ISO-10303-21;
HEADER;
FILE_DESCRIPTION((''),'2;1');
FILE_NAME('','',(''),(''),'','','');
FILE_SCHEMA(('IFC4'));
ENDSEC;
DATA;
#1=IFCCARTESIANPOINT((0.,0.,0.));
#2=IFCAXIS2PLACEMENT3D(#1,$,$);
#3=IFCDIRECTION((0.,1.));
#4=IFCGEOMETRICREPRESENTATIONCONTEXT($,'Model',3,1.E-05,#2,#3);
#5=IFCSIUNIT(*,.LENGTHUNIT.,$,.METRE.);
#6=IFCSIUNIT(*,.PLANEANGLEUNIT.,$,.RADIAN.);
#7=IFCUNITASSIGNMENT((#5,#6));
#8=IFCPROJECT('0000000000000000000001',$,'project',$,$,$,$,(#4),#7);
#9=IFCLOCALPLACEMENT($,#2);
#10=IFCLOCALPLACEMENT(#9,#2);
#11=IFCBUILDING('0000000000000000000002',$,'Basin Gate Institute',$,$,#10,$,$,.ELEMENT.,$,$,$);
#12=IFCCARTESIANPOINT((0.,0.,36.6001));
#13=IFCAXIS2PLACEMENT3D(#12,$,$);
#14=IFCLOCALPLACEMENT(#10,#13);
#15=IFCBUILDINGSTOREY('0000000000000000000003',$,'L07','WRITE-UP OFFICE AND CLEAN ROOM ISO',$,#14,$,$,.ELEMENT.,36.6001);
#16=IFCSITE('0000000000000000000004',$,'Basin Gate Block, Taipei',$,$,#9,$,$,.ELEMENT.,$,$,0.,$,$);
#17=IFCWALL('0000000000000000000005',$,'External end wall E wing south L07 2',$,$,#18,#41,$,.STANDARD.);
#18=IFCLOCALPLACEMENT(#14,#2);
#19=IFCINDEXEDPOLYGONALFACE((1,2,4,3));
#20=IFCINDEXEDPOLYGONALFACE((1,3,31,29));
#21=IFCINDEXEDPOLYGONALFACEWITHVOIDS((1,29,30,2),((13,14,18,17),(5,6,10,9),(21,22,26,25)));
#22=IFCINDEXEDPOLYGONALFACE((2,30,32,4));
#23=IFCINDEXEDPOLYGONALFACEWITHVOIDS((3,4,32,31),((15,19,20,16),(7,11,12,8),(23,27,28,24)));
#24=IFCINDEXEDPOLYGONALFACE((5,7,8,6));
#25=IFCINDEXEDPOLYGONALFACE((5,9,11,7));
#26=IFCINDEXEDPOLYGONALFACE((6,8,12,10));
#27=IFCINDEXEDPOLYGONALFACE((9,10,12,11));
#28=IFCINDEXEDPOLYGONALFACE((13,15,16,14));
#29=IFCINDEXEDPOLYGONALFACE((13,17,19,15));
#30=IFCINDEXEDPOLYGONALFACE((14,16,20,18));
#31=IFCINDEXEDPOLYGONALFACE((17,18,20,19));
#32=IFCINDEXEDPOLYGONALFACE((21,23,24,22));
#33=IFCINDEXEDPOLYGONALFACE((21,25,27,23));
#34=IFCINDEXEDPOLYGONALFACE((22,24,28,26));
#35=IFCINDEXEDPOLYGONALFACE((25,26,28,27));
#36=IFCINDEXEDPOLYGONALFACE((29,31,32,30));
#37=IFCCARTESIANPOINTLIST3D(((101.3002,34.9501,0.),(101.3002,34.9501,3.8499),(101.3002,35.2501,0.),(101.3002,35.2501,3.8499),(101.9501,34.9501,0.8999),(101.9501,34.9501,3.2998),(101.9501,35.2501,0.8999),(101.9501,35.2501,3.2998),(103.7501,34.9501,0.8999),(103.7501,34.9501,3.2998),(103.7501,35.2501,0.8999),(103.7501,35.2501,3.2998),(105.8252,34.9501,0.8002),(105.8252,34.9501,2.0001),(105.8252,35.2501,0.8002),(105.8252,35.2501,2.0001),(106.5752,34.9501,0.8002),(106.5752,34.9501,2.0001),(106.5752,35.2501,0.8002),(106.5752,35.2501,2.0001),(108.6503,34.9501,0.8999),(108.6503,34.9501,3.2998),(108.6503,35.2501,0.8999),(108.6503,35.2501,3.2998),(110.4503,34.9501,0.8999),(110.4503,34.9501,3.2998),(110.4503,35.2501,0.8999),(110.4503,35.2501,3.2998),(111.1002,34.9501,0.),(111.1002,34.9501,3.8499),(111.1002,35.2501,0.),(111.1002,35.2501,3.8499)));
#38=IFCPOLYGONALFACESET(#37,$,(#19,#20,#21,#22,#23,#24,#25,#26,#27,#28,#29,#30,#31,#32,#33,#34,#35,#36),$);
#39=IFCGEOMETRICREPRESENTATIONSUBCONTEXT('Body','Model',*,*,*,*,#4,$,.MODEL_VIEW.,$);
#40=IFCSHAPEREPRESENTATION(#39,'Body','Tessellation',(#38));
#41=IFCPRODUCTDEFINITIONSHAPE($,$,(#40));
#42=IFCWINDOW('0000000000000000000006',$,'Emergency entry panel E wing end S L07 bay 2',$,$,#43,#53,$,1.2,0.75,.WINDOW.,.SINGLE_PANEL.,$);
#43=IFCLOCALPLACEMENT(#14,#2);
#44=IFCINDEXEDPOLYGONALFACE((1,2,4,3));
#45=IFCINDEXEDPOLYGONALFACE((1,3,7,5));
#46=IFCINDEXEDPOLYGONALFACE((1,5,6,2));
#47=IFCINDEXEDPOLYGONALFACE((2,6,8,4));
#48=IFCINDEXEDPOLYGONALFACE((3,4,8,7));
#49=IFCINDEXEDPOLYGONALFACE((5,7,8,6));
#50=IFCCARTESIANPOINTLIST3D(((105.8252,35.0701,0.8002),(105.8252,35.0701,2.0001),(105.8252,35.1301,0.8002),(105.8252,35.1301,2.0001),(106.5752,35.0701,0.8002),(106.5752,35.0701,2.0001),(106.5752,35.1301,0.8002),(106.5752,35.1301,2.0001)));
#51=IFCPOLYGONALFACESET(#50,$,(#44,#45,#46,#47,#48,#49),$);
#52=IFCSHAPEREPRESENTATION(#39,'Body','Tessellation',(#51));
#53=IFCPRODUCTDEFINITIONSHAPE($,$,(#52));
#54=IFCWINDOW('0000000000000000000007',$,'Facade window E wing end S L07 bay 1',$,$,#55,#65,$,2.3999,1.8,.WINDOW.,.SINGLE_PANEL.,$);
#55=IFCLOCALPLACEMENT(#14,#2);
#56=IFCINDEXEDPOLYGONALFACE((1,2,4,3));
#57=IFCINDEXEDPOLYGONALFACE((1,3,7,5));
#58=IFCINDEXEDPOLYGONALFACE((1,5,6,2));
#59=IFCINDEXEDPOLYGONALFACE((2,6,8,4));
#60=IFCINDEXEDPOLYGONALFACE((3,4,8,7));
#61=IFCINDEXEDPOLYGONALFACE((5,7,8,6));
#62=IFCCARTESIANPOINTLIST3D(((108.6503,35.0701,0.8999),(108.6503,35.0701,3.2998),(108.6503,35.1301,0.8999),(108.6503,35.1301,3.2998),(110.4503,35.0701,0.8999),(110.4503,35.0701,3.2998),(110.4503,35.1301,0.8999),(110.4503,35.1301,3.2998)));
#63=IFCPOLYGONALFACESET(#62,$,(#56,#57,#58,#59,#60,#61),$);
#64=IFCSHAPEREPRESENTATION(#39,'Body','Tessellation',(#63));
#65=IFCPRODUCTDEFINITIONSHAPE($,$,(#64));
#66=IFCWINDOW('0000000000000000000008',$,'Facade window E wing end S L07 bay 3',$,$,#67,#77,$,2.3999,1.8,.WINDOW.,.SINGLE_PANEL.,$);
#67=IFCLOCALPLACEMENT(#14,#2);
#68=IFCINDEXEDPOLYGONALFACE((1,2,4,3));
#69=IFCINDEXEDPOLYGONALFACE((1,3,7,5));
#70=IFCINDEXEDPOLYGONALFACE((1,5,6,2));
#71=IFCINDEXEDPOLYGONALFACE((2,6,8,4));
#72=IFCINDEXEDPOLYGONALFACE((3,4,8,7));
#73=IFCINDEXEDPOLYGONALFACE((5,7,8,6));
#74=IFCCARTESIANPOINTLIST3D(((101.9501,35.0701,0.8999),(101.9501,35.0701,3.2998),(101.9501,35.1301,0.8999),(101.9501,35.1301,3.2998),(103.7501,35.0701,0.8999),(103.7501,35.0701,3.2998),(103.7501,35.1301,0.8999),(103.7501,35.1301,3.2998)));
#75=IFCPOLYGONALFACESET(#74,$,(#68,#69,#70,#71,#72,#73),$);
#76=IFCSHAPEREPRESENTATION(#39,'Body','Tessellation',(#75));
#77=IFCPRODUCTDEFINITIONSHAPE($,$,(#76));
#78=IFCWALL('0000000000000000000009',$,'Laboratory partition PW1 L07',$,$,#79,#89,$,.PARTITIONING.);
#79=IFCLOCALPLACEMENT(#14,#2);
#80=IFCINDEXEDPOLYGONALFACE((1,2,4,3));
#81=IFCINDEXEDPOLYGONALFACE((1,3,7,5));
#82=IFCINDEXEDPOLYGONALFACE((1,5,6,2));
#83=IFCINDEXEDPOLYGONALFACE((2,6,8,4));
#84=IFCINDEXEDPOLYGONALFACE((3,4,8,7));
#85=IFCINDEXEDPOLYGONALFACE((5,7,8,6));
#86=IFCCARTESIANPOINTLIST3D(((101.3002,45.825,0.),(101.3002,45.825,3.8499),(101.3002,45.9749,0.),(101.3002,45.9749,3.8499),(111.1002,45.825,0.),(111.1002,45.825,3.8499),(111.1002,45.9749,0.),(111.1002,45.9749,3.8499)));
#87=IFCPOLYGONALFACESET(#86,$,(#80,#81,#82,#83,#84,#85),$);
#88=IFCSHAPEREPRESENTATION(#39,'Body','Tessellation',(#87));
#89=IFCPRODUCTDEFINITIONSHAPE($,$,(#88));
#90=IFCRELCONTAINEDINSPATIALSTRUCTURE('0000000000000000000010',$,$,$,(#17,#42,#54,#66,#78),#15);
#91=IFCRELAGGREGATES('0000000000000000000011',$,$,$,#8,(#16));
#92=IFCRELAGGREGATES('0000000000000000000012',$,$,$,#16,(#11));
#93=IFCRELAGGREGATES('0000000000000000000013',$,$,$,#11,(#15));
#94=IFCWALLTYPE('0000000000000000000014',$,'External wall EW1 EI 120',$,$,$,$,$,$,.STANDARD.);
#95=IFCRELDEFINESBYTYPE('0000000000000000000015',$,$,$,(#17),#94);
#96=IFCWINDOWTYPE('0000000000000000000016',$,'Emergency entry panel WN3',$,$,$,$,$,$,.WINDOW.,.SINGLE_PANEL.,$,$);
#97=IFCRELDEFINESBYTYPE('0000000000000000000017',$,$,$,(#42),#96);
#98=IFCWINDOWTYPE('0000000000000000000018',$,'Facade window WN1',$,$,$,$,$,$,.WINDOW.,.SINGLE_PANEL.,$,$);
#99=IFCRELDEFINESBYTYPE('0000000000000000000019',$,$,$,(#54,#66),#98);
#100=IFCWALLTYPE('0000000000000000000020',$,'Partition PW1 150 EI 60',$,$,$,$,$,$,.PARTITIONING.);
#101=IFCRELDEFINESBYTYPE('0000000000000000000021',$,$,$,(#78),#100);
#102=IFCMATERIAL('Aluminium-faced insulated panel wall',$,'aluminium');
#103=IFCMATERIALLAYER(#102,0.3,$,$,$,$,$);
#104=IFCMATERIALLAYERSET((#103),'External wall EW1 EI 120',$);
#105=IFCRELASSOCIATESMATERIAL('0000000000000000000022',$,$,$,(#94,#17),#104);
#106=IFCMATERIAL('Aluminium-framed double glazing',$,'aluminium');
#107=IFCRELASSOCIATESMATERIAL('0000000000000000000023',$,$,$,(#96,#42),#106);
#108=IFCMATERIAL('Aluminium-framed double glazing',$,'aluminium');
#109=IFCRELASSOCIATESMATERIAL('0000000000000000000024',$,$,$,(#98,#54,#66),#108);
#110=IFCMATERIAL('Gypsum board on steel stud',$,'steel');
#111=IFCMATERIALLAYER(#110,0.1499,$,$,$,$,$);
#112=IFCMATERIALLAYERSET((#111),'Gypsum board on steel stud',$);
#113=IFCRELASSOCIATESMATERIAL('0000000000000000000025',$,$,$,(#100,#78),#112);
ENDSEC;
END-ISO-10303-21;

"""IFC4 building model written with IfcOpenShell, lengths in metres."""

from ifc_helpers import new_model, si_unit, direction, frame, frame_2d, origin, place, context, subcontext, project, spatial, rectangle, extrude, material, layer, layer_set, type_object, element, fill, save


model = new_model("IFC4")

# Units and contexts
model_context = context("Model", 3, precision=1e-05, world=origin(), true_north=direction((0.0, 1.0)))
body_context = subcontext(model_context, "Body", "Model", "MODEL_VIEW")
ifc_project = project(units=[si_unit("LENGTHUNIT", "METRE"), si_unit("PLANEANGLEUNIT", "RADIAN")], contexts=[model_context])

# Site, building, storey
site_placement = place(None, origin())
site = spatial("IfcSite", under=ifc_project, at=site_placement, Name="Basin Gate Block, Taipei", CompositionType="ELEMENT", RefElevation=0.0)
building_placement = place(site_placement, origin())
building = spatial("IfcBuilding", under=site, at=building_placement, Name="Basin Gate Institute", CompositionType="ELEMENT")
storey_placement = place(building_placement, frame((0.0, 0.0, 36.6001)))
storey = spatial("IfcBuildingStorey", under=building, at=storey_placement, Name="L07", Description="WRITE-UP OFFICE AND CLEAN ROOM ISO", CompositionType="ELEMENT", Elevation=36.6001)

# Wall, openings, windows
ifc_material_1 = material(Name="Aluminium-faced insulated panel wall", Category="aluminium")
ifc_layer_1 = layer(ifc_material_1, 0.3)
ifc_layer_set_1 = layer_set([ifc_layer_1], Name="External wall EW1 EI 120")
wall_type_1 = type_object("IfcWallType", Name="External wall EW1 EI 120", PredefinedType="STANDARD", material=ifc_layer_set_1)
wall_1_placement = place(storey_placement, frame((111.1001, 35.1001, 0.0), z_axis=(0.0, 0.0, 1.0), x_axis=(-1.0, 0.0, 0.0)))
wall_1 = element("IfcWall", 1, at=wall_1_placement, inside=storey, type_object=wall_type_1, material=ifc_layer_set_1, Name="External end wall E wing south L07 2", PredefinedType="STANDARD", context=body_context, shape_type="SweptSolid", body=[
    extrude(rectangle(XDim=9.8, YDim=0.3, at=frame_2d((4.8999, 0.0))), origin(), (0.0, 0.0, 1.0), 3.8499),
])
opening_1_placement = place(wall_1_placement, frame((0.6499, 0.0, 0.8999)))
opening_1 = element("IfcOpeningElement", 2, at=opening_1_placement, cuts=wall_1, PredefinedType="OPENING", context=body_context, shape_type="SweptSolid", body=[
    extrude(rectangle(XDim=1.8, YDim=2.3999, at=frame_2d((0.8999, 1.2))), frame((0.0, 0.1602, 0.0), z_axis=(0.0, -1.0, 0.0), x_axis=(1.0, 0.0, 0.0)), (0.0, 0.0, 1.0), 0.3201),
])
opening_2_placement = place(wall_1_placement, frame((4.5249, 0.0, 0.8)))
opening_2 = element("IfcOpeningElement", 3, at=opening_2_placement, cuts=wall_1, PredefinedType="OPENING", context=body_context, shape_type="SweptSolid", body=[
    extrude(rectangle(XDim=0.75, YDim=1.2, at=frame_2d((0.375, 0.6001))), frame((0.0, 0.1602, 0.0), z_axis=(0.0, -1.0, 0.0), x_axis=(1.0, 0.0, 0.0)), (0.0, 0.0, 1.0), 0.3201),
])
opening_3_placement = place(wall_1_placement, frame((7.3501, 0.0, 0.8999)))
opening_3 = element("IfcOpeningElement", 4, at=opening_3_placement, cuts=wall_1, PredefinedType="OPENING", context=body_context, shape_type="SweptSolid", body=[
    extrude(rectangle(XDim=1.8, YDim=2.3999, at=frame_2d((0.8999, 1.2))), frame((0.0, 0.1602, 0.0), z_axis=(0.0, -1.0, 0.0), x_axis=(1.0, 0.0, 0.0)), (0.0, 0.0, 1.0), 0.3201),
])
ifc_material_2 = material(Name="Aluminium-framed double glazing", Category="aluminium")
window_type_1 = type_object("IfcWindowType", Name="Emergency entry panel WN3", PartitioningType="SINGLE_PANEL", PredefinedType="WINDOW", material=ifc_material_2)
window_1_placement = place(opening_2_placement, origin())
window_1 = element("IfcWindow", 5, at=window_1_placement, inside=storey, type_object=window_type_1, material=ifc_material_2, Name="Emergency entry panel E wing end S L07 bay 2", OverallHeight=1.2, OverallWidth=0.75, PartitioningType="SINGLE_PANEL", PredefinedType="WINDOW", context=body_context, shape_type="SweptSolid", body=[
    extrude(rectangle(XDim=0.75, YDim=1.2, at=frame_2d((0.375, 0.6001))), frame((0.0, 0.03, 0.0), z_axis=(0.0, -1.0, 0.0), x_axis=(1.0, 0.0, 0.0)), (0.0, 0.0, 1.0), 0.0601),
])
fill(opening_2, window_1)
ifc_material_3 = material(Name="Aluminium-framed double glazing", Category="aluminium")
window_type_2 = type_object("IfcWindowType", Name="Facade window WN1", PartitioningType="SINGLE_PANEL", PredefinedType="WINDOW", material=ifc_material_3)
window_2_placement = place(opening_1_placement, origin())
window_2 = element("IfcWindow", 6, at=window_2_placement, inside=storey, type_object=window_type_2, material=ifc_material_3, Name="Facade window E wing end S L07 bay 1", OverallHeight=2.3999, OverallWidth=1.8, PartitioningType="SINGLE_PANEL", PredefinedType="WINDOW", context=body_context, shape_type="SweptSolid", body=[
    extrude(rectangle(XDim=1.8, YDim=2.3999, at=frame_2d((0.8999, 1.2))), frame((0.0, 0.03, 0.0), z_axis=(0.0, -1.0, 0.0), x_axis=(1.0, 0.0, 0.0)), (0.0, 0.0, 1.0), 0.0601),
])
fill(opening_1, window_2)
window_3_placement = place(opening_3_placement, origin())
window_3 = element("IfcWindow", 7, at=window_3_placement, inside=storey, type_object=window_type_2, material=ifc_material_3, Name="Facade window E wing end S L07 bay 3", OverallHeight=2.3999, OverallWidth=1.8, PartitioningType="SINGLE_PANEL", PredefinedType="WINDOW", context=body_context, shape_type="SweptSolid", body=[
    extrude(rectangle(XDim=1.8, YDim=2.3999, at=frame_2d((0.8999, 1.2))), frame((0.0, 0.03, 0.0), z_axis=(0.0, -1.0, 0.0), x_axis=(1.0, 0.0, 0.0)), (0.0, 0.0, 1.0), 0.0601),
])
fill(opening_3, window_3)

# Wall
ifc_material_4 = material(Name="Gypsum board on steel stud", Category="steel")
ifc_layer_2 = layer(ifc_material_4, 0.1499)
ifc_layer_set_2 = layer_set([ifc_layer_2], Name="Gypsum board on steel stud")
wall_type_2 = type_object("IfcWallType", Name="Partition PW1 150 EI 60", PredefinedType="PARTITIONING", material=ifc_layer_set_2)
wall_2_placement = place(storey_placement, frame((111.1001, 45.8999, 0.0), z_axis=(0.0, 0.0, 1.0), x_axis=(-1.0, 0.0, 0.0)))
element("IfcWall", 8, at=wall_2_placement, inside=storey, type_object=wall_type_2, material=ifc_layer_set_2, Name="Laboratory partition PW1 L07", PredefinedType="PARTITIONING", context=body_context, shape_type="SweptSolid", body=[
    extrude(rectangle(XDim=9.8, YDim=0.1499, at=frame_2d((4.8999, 0.0))), origin(), (0.0, 0.0, 1.0), 3.8499),
])

save(model, "model.ifc")
